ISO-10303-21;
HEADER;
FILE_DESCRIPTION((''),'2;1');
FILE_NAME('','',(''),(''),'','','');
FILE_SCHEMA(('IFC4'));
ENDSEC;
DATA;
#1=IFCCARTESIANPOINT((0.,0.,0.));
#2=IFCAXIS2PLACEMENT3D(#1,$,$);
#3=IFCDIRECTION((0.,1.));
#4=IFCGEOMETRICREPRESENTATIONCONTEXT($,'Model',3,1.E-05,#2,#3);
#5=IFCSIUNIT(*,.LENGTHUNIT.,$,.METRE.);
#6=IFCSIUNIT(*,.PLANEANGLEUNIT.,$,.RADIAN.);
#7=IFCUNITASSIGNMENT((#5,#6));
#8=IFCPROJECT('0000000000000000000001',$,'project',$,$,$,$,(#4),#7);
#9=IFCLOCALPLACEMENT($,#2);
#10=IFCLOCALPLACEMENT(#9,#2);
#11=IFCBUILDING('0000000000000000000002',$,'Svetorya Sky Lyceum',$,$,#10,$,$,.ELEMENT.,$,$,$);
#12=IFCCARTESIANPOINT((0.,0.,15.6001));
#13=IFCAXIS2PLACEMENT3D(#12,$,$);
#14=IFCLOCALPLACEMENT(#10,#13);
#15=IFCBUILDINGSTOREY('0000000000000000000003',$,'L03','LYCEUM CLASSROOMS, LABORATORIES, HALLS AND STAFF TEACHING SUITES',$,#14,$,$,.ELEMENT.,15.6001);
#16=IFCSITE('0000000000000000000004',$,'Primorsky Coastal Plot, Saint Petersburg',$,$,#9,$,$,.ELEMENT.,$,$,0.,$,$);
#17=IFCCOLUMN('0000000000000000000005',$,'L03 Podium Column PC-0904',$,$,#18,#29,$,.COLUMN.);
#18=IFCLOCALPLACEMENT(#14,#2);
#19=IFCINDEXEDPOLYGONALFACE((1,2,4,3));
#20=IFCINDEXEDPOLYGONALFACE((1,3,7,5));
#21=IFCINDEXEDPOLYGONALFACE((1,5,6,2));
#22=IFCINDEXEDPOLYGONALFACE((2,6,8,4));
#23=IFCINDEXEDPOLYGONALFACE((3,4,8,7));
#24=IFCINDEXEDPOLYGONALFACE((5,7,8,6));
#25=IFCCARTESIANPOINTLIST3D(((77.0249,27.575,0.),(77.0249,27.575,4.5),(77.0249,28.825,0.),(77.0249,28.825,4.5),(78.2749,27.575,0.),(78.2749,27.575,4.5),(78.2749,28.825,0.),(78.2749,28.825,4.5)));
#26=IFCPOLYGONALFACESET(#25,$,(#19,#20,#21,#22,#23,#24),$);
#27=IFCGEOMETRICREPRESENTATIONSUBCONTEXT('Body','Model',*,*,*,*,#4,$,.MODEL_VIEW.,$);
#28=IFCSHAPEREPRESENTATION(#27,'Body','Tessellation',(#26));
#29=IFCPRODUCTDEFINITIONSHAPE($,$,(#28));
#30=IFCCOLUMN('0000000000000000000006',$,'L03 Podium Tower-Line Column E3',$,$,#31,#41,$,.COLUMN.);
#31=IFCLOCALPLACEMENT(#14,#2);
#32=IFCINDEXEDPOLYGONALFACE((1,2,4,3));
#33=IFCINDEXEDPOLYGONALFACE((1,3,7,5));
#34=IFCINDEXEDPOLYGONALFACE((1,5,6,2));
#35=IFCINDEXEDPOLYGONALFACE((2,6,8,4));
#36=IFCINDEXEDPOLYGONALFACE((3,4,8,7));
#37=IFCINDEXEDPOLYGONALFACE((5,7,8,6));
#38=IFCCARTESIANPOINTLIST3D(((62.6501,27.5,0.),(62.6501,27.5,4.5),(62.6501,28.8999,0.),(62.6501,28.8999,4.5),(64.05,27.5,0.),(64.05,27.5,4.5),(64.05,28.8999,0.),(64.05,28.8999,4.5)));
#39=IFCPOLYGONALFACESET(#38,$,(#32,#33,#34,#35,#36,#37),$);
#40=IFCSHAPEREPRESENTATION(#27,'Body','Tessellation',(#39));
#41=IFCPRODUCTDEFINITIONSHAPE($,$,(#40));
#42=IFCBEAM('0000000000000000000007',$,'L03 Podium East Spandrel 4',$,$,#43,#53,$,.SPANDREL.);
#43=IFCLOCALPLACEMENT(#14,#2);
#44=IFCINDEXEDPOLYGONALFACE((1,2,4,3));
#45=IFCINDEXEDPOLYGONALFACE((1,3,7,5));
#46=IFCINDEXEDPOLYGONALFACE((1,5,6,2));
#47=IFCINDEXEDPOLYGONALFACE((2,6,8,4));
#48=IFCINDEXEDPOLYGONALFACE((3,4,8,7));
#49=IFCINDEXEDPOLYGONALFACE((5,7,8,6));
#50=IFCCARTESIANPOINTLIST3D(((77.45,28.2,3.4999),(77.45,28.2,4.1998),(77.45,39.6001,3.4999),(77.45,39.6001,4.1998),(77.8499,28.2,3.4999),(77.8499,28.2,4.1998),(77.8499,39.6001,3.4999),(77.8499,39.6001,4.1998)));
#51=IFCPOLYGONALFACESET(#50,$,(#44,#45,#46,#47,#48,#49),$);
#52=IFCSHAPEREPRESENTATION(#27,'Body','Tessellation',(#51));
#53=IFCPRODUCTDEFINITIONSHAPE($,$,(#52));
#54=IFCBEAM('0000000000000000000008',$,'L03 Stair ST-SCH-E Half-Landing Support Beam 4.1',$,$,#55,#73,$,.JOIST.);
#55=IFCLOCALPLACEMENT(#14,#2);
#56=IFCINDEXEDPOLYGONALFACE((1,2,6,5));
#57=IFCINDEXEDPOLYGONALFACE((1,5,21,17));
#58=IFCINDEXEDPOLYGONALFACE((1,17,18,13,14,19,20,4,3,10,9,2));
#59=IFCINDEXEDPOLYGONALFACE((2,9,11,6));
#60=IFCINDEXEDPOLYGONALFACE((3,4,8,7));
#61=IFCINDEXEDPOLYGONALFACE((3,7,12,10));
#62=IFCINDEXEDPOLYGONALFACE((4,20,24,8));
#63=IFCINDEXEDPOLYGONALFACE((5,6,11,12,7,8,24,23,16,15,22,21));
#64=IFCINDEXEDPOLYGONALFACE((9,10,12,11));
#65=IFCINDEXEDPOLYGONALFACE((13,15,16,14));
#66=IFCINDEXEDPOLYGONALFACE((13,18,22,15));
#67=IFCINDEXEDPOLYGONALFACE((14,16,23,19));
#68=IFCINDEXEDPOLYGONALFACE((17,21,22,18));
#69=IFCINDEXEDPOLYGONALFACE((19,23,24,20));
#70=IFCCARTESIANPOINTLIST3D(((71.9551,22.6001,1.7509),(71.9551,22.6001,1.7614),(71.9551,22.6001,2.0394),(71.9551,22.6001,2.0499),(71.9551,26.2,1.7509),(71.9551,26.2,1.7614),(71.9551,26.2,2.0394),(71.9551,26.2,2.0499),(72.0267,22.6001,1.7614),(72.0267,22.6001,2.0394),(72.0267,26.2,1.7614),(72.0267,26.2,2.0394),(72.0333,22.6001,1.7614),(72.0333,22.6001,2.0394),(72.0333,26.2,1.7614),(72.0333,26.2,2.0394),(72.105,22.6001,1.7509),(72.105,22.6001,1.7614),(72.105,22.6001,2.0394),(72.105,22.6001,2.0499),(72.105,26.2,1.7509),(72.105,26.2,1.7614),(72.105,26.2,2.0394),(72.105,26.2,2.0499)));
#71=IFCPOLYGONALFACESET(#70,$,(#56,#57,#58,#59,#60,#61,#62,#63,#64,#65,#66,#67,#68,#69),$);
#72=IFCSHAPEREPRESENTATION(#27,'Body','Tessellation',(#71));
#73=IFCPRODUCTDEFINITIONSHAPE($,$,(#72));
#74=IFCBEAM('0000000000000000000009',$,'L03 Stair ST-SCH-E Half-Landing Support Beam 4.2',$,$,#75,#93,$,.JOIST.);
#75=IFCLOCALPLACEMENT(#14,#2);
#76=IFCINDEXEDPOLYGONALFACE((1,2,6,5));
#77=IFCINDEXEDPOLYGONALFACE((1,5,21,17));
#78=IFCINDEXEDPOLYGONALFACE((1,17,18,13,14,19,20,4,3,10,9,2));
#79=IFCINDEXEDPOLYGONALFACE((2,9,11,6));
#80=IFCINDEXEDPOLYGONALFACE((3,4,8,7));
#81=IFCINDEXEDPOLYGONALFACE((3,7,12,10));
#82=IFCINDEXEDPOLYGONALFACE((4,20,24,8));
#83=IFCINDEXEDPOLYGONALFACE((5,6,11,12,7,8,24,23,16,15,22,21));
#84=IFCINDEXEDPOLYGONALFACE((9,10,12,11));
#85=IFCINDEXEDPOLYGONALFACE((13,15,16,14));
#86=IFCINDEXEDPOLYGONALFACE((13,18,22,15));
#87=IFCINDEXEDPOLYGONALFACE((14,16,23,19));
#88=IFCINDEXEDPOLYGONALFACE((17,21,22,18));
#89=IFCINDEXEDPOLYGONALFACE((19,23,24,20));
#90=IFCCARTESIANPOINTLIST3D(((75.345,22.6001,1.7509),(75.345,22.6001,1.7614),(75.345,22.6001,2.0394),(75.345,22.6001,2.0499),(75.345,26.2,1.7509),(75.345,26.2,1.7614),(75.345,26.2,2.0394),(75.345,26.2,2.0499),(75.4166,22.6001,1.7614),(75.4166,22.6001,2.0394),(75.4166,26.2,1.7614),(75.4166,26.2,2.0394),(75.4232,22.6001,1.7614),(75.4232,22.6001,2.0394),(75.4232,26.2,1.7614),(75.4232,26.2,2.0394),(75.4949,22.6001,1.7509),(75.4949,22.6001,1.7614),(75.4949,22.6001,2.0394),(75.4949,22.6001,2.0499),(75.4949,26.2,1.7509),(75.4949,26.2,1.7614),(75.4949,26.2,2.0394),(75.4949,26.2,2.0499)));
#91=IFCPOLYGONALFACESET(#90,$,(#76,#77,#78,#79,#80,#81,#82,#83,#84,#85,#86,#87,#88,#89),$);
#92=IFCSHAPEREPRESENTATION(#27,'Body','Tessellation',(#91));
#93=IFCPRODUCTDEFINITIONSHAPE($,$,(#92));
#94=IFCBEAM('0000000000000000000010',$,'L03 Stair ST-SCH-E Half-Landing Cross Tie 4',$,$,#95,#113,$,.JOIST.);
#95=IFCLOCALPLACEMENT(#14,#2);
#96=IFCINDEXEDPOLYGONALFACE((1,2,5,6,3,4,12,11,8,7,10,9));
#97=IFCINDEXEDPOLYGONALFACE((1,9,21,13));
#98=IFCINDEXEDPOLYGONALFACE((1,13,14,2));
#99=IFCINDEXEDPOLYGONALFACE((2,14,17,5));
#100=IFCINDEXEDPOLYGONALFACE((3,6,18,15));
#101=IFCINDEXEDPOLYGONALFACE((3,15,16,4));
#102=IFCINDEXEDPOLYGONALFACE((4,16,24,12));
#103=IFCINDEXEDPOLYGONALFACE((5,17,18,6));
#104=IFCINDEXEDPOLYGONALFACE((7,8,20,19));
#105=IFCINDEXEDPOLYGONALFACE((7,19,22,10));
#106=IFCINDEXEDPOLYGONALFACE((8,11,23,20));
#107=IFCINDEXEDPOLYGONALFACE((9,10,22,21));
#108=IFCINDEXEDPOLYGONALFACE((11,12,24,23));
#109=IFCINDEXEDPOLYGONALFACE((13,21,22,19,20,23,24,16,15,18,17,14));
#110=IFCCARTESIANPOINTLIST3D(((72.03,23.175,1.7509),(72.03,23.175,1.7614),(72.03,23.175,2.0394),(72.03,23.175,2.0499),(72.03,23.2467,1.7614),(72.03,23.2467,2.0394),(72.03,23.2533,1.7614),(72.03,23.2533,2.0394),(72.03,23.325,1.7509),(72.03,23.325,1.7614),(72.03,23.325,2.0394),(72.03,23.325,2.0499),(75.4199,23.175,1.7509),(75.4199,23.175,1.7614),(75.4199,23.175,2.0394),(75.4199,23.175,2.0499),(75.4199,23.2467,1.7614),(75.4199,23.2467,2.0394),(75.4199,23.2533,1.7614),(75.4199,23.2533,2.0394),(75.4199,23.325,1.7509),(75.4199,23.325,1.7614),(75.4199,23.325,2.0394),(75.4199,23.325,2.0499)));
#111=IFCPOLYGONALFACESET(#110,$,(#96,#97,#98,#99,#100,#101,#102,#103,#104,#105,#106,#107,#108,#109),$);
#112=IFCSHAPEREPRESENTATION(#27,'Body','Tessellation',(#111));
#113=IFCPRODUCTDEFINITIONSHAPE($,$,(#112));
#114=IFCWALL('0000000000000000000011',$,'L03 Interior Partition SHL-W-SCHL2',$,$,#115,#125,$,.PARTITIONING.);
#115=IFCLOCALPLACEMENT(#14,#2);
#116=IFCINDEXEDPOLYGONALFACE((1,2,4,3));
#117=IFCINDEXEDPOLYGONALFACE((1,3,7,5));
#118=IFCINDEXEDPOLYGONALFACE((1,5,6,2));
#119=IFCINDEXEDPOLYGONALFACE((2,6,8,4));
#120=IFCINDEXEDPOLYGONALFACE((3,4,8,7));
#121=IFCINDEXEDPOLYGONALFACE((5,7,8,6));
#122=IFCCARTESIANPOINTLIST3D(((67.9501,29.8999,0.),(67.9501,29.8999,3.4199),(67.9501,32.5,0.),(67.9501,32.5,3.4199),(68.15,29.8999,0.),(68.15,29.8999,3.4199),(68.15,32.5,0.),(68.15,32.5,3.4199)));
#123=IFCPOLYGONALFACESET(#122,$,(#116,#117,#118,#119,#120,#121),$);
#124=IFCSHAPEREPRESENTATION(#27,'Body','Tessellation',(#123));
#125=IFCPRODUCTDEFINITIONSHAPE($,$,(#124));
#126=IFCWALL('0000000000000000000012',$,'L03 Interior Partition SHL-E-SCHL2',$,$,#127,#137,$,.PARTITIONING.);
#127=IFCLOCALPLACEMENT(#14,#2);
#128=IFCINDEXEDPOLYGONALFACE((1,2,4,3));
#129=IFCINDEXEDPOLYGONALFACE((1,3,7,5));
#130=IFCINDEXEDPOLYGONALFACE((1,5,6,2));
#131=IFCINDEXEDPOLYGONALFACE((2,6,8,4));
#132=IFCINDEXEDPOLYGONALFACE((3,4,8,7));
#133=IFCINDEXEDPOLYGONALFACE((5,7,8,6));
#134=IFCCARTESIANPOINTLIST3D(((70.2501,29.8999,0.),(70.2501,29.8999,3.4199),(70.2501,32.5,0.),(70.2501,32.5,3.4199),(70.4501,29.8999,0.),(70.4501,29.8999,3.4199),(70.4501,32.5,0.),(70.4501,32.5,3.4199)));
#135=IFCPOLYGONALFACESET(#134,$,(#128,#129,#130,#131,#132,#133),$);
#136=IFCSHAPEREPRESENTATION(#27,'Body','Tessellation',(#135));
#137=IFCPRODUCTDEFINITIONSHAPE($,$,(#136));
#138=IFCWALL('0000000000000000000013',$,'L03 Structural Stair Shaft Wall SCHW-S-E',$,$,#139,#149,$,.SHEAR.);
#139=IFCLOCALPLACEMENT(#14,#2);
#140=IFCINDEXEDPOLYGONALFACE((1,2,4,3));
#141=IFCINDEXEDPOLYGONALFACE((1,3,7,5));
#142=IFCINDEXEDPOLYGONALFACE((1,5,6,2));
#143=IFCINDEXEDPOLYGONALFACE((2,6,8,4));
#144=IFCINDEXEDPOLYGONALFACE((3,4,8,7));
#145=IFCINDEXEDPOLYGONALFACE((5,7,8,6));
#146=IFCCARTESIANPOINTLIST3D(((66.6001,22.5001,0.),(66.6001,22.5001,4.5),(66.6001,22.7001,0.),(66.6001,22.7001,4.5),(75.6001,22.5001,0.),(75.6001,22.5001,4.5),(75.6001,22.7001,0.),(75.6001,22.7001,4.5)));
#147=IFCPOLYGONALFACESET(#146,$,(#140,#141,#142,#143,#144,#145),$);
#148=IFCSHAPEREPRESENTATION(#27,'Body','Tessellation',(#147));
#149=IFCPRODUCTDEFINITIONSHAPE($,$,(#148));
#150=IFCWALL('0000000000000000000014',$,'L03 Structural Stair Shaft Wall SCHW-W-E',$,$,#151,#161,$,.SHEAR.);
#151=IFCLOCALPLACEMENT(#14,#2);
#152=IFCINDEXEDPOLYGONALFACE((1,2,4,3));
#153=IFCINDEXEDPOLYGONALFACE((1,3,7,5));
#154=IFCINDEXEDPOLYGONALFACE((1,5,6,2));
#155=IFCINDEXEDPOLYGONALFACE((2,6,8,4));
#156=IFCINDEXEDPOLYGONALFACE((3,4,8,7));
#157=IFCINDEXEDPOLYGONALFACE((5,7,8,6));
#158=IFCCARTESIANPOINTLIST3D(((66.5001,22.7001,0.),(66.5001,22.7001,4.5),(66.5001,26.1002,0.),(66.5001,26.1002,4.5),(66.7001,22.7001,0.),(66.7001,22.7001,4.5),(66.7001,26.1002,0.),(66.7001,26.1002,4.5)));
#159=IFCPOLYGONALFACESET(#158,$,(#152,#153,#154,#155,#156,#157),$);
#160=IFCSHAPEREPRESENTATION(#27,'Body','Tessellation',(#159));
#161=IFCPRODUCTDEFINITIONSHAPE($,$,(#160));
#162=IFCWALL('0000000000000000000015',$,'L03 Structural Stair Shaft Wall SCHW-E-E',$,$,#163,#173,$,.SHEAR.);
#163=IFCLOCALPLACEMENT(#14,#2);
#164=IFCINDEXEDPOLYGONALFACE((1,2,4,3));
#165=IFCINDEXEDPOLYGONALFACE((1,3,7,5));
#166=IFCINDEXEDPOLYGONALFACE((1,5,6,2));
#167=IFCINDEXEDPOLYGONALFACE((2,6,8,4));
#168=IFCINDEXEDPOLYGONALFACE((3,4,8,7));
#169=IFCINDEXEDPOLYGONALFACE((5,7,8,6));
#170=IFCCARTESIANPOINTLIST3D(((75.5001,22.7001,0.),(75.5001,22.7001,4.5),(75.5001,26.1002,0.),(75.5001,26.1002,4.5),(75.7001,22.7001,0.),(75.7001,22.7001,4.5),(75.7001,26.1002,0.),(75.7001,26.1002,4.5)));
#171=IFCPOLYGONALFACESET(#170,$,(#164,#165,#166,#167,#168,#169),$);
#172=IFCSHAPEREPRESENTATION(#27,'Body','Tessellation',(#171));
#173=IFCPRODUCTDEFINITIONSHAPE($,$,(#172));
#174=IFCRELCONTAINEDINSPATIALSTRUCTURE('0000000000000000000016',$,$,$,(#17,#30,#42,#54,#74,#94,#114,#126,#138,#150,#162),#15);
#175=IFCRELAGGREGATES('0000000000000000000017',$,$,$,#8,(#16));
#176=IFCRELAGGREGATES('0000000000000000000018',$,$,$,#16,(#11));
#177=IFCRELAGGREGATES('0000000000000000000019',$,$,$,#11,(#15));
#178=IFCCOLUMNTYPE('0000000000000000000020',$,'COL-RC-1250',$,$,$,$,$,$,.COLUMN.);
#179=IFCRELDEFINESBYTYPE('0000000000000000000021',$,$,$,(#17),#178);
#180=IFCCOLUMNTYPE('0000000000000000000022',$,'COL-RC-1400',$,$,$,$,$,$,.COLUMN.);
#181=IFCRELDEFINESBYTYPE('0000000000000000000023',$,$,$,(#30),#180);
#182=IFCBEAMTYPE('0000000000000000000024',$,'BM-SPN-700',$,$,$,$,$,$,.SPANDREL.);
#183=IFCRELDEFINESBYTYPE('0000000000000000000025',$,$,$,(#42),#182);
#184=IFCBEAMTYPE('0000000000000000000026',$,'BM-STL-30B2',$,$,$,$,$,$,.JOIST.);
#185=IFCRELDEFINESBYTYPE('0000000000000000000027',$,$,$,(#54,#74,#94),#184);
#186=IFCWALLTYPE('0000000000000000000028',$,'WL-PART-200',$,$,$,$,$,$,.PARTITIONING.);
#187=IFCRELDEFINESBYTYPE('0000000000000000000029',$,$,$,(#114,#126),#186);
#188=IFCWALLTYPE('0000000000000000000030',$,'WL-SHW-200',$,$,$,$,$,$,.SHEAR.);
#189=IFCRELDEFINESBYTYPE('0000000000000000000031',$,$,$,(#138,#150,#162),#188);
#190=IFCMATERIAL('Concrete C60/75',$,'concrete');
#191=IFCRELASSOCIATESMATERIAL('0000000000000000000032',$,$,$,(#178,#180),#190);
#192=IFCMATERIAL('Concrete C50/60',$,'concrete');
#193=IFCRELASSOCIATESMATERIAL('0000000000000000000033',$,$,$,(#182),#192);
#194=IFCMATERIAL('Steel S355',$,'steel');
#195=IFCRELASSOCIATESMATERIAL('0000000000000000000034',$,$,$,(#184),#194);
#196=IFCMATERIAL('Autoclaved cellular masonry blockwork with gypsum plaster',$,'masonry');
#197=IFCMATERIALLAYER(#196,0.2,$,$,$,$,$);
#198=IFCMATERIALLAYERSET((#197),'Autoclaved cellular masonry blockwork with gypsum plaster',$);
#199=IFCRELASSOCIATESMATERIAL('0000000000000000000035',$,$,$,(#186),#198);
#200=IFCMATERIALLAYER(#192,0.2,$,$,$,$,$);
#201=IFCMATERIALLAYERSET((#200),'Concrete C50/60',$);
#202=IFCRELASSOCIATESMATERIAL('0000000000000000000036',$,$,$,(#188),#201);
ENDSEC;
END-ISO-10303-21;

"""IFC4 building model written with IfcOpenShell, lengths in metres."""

from ifc_helpers import new_model, si_unit, direction, frame, frame_2d, origin, origin_2d, place, context, subcontext, project, spatial, rectangle, i_section, extrude, material, layer, layer_set, material_profile, profile_set, type_object, element, save


model = new_model("IFC4")

# Units and contexts
model_context = context("Model", 3, precision=1e-05, world=origin(), true_north=direction((0.0, 1.0)))
body_context = subcontext(model_context, "Body", "Model", "MODEL_VIEW")
ifc_project = project(units=[si_unit("LENGTHUNIT", "METRE"), si_unit("PLANEANGLEUNIT", "RADIAN")], contexts=[model_context])

# Site, building, storey
site_placement = place(None, origin())
site = spatial("IfcSite", under=ifc_project, at=site_placement, Name="Primorsky Coastal Plot, Saint Petersburg", CompositionType="ELEMENT", RefElevation=0.0)
building_placement = place(site_placement, origin())
building = spatial("IfcBuilding", under=site, at=building_placement, Name="Svetorya Sky Lyceum", CompositionType="ELEMENT")
storey_placement = place(building_placement, frame((0.0, 0.0, 15.6001)))
storey = spatial("IfcBuildingStorey", under=building, at=storey_placement, Name="L03", Description="LYCEUM CLASSROOMS, LABORATORIES, HALLS AND STAFF TEACHING SUITES", CompositionType="ELEMENT", Elevation=15.6001)

# Columns
ifc_material_1 = material(Name="Concrete C60/75", Category="concrete")
ifc_material_profile_1 = material_profile(ifc_material_1, rectangle(XDim=1.25, YDim=1.25, at=origin_2d()), Name="RC COL 1250x1250")
ifc_profile_set_1 = profile_set([ifc_material_profile_1], Name="Concrete C60/75")
column_type_1 = type_object("IfcColumnType", Name="COL-RC-1250", PredefinedType="COLUMN", material=ifc_profile_set_1)
column_1_placement = place(storey_placement, frame((77.6499, 28.2, 0.0), z_axis=(0.0, 0.0, 1.0), x_axis=(1.0, 0.0, 0.0)))
element("IfcColumn", 1, at=column_1_placement, inside=storey, type_object=column_type_1, Name="L03 Podium Column PC-0904", PredefinedType="COLUMN", context=body_context, shape_type="SweptSolid", body=[
    extrude(rectangle(XDim=1.25, YDim=1.25, at=origin_2d()), origin(), (0.0, 0.0, 1.0), 4.5),
])
ifc_material_profile_2 = material_profile(ifc_material_1, rectangle(XDim=1.3999, YDim=1.3999, at=origin_2d()), Name="RC COL 1400x1400")
ifc_profile_set_2 = profile_set([ifc_material_profile_2], Name="Concrete C60/75")
column_type_2 = type_object("IfcColumnType", Name="COL-RC-1400", PredefinedType="COLUMN", material=ifc_profile_set_2)
column_2_placement = place(storey_placement, frame((63.3501, 28.2, 0.0), z_axis=(0.0, 0.0, 1.0), x_axis=(1.0, 0.0, 0.0)))
element("IfcColumn", 2, at=column_2_placement, inside=storey, type_object=column_type_2, Name="L03 Podium Tower-Line Column E3", PredefinedType="COLUMN", context=body_context, shape_type="SweptSolid", body=[
    extrude(rectangle(XDim=1.3999, YDim=1.3999, at=origin_2d()), origin(), (0.0, 0.0, 1.0), 4.5),
])

# Beams
ifc_material_2 = material(Name="Concrete C50/60", Category="concrete")
ifc_material_profile_3 = material_profile(ifc_material_2, rectangle(XDim=0.3999, YDim=0.7, at=origin_2d()), Name="RC SPANDREL 400x700")
ifc_profile_set_3 = profile_set([ifc_material_profile_3], Name="Concrete C50/60")
beam_type_1 = type_object("IfcBeamType", Name="BM-SPN-700", PredefinedType="SPANDREL", material=ifc_profile_set_3)
beam_1_placement = place(storey_placement, frame((77.6499, 28.2, 3.8499), z_axis=(0.0, 1.0, 0.0), x_axis=(-1.0, 0.0, 0.0)))
element("IfcBeam", 3, at=beam_1_placement, inside=storey, type_object=beam_type_1, Name="L03 Podium East Spandrel 4", PredefinedType="SPANDREL", context=body_context, shape_type="SweptSolid", body=[
    extrude(rectangle(XDim=0.3999, YDim=0.7, at=origin_2d()), origin(), (0.0, 0.0, 1.0), 11.4001),
])
ifc_material_3 = material(Name="Steel S355", Category="steel")
ifc_material_profile_4 = material_profile(ifc_material_3, i_section(OverallWidth=0.1499, OverallDepth=0.2991, WebThickness=0.0066, FlangeThickness=0.0105, at=origin_2d()), Name="GOST 30B2")
ifc_profile_set_4 = profile_set([ifc_material_profile_4], Name="Steel S355")
beam_type_2 = type_object("IfcBeamType", Name="BM-STL-30B2", PredefinedType="JOIST", material=ifc_profile_set_4)
for number, where, z_axis, x_axis, name in (
    (4, (72.03, 22.6001, 1.9004), (0.0, 1.0, 0.0), (-1.0, 0.0, 0.0), "L03 Stair ST-SCH-E Half-Landing Support Beam 4.1"),
    (5, (75.4199, 22.6001, 1.9004), (0.0, 1.0, 0.0), (-1.0, 0.0, 0.0), "L03 Stair ST-SCH-E Half-Landing Support Beam 4.2"),
):
    element("IfcBeam", number, at=place(storey_placement, frame(where, z_axis=z_axis, x_axis=x_axis)), inside=storey, type_object=beam_type_2, Name=name, PredefinedType="JOIST", context=body_context, shape_type="SweptSolid", body=[
        extrude(i_section(OverallWidth=0.1499, OverallDepth=0.2991, WebThickness=0.0066, FlangeThickness=0.0105, at=origin_2d()), origin(), (0.0, 0.0, 1.0), 3.5999),
    ])
beam_2_placement = place(storey_placement, frame((72.03, 23.25, 1.9004), z_axis=(1.0, 0.0, 0.0), x_axis=(0.0, 1.0, 0.0)))
element("IfcBeam", 6, at=beam_2_placement, inside=storey, type_object=beam_type_2, Name="L03 Stair ST-SCH-E Half-Landing Cross Tie 4", PredefinedType="JOIST", context=body_context, shape_type="SweptSolid", body=[
    extrude(i_section(OverallWidth=0.1499, OverallDepth=0.2991, WebThickness=0.0066, FlangeThickness=0.0105, at=origin_2d()), origin(), (0.0, 0.0, 1.0), 3.3899),
])

# Walls
ifc_material_4 = material(Name="Autoclaved cellular masonry blockwork with gypsum plaster", Category="masonry")
ifc_layer_1 = layer(ifc_material_4, 0.2)
ifc_layer_set_1 = layer_set([ifc_layer_1], Name="Autoclaved cellular masonry blockwork with gypsum plaster")
wall_type_1 = type_object("IfcWallType", Name="WL-PART-200", PredefinedType="PARTITIONING", material=ifc_layer_set_1)
for number, where, z_axis, x_axis, name in (
    (7, (68.05, 29.8999, 0.0), (0.0, 0.0, 1.0), (0.0, 1.0, 0.0), "L03 Interior Partition SHL-W-SCHL2"),
    (8, (70.3501, 29.8999, 0.0), (0.0, 0.0, 1.0), (0.0, 1.0, 0.0), "L03 Interior Partition SHL-E-SCHL2"),
):
    element("IfcWall", number, at=place(storey_placement, frame(where, z_axis=z_axis, x_axis=x_axis)), inside=storey, type_object=wall_type_1, Name=name, PredefinedType="PARTITIONING", context=body_context, shape_type="SweptSolid", body=[
        extrude(rectangle(XDim=2.6001, YDim=0.2, at=frame_2d((1.3, 0.0))), origin(), (0.0, 0.0, 1.0), 3.4199),
    ])

# Walls
ifc_layer_2 = layer(ifc_material_2, 0.2)
ifc_layer_set_2 = layer_set([ifc_layer_2], Name="Concrete C50/60")
wall_type_2 = type_object("IfcWallType", Name="WL-SHW-200", PredefinedType="SHEAR", material=ifc_layer_set_2)
wall_1_placement = place(storey_placement, frame((66.6001, 22.6001, 0.0), z_axis=(0.0, 0.0, 1.0), x_axis=(1.0, 0.0, 0.0)))
element("IfcWall", 9, at=wall_1_placement, inside=storey, type_object=wall_type_2, Name="L03 Structural Stair Shaft Wall SCHW-S-E", PredefinedType="SHEAR", context=body_context, shape_type="SweptSolid", body=[
    extrude(rectangle(XDim=9.0, YDim=0.2, at=frame_2d((4.5, 0.0))), origin(), (0.0, 0.0, 1.0), 4.5),
])
for number, where, z_axis, x_axis, name in (
    (10, (66.6001, 22.7, 0.0), (0.0, 0.0, 1.0), (0.0, 1.0, 0.0), "L03 Structural Stair Shaft Wall SCHW-W-E"),
    (11, (75.6001, 22.7, 0.0), (0.0, 0.0, 1.0), (0.0, 1.0, 0.0), "L03 Structural Stair Shaft Wall SCHW-E-E"),
):
    element("IfcWall", number, at=place(storey_placement, frame(where, z_axis=z_axis, x_axis=x_axis)), inside=storey, type_object=wall_type_2, Name=name, PredefinedType="SHEAR", context=body_context, shape_type="SweptSolid", body=[
        extrude(rectangle(XDim=3.4001, YDim=0.2, at=frame_2d((1.7002, 0.0))), origin(), (0.0, 0.0, 1.0), 4.5),
    ])

save(model, "model.ifc")
